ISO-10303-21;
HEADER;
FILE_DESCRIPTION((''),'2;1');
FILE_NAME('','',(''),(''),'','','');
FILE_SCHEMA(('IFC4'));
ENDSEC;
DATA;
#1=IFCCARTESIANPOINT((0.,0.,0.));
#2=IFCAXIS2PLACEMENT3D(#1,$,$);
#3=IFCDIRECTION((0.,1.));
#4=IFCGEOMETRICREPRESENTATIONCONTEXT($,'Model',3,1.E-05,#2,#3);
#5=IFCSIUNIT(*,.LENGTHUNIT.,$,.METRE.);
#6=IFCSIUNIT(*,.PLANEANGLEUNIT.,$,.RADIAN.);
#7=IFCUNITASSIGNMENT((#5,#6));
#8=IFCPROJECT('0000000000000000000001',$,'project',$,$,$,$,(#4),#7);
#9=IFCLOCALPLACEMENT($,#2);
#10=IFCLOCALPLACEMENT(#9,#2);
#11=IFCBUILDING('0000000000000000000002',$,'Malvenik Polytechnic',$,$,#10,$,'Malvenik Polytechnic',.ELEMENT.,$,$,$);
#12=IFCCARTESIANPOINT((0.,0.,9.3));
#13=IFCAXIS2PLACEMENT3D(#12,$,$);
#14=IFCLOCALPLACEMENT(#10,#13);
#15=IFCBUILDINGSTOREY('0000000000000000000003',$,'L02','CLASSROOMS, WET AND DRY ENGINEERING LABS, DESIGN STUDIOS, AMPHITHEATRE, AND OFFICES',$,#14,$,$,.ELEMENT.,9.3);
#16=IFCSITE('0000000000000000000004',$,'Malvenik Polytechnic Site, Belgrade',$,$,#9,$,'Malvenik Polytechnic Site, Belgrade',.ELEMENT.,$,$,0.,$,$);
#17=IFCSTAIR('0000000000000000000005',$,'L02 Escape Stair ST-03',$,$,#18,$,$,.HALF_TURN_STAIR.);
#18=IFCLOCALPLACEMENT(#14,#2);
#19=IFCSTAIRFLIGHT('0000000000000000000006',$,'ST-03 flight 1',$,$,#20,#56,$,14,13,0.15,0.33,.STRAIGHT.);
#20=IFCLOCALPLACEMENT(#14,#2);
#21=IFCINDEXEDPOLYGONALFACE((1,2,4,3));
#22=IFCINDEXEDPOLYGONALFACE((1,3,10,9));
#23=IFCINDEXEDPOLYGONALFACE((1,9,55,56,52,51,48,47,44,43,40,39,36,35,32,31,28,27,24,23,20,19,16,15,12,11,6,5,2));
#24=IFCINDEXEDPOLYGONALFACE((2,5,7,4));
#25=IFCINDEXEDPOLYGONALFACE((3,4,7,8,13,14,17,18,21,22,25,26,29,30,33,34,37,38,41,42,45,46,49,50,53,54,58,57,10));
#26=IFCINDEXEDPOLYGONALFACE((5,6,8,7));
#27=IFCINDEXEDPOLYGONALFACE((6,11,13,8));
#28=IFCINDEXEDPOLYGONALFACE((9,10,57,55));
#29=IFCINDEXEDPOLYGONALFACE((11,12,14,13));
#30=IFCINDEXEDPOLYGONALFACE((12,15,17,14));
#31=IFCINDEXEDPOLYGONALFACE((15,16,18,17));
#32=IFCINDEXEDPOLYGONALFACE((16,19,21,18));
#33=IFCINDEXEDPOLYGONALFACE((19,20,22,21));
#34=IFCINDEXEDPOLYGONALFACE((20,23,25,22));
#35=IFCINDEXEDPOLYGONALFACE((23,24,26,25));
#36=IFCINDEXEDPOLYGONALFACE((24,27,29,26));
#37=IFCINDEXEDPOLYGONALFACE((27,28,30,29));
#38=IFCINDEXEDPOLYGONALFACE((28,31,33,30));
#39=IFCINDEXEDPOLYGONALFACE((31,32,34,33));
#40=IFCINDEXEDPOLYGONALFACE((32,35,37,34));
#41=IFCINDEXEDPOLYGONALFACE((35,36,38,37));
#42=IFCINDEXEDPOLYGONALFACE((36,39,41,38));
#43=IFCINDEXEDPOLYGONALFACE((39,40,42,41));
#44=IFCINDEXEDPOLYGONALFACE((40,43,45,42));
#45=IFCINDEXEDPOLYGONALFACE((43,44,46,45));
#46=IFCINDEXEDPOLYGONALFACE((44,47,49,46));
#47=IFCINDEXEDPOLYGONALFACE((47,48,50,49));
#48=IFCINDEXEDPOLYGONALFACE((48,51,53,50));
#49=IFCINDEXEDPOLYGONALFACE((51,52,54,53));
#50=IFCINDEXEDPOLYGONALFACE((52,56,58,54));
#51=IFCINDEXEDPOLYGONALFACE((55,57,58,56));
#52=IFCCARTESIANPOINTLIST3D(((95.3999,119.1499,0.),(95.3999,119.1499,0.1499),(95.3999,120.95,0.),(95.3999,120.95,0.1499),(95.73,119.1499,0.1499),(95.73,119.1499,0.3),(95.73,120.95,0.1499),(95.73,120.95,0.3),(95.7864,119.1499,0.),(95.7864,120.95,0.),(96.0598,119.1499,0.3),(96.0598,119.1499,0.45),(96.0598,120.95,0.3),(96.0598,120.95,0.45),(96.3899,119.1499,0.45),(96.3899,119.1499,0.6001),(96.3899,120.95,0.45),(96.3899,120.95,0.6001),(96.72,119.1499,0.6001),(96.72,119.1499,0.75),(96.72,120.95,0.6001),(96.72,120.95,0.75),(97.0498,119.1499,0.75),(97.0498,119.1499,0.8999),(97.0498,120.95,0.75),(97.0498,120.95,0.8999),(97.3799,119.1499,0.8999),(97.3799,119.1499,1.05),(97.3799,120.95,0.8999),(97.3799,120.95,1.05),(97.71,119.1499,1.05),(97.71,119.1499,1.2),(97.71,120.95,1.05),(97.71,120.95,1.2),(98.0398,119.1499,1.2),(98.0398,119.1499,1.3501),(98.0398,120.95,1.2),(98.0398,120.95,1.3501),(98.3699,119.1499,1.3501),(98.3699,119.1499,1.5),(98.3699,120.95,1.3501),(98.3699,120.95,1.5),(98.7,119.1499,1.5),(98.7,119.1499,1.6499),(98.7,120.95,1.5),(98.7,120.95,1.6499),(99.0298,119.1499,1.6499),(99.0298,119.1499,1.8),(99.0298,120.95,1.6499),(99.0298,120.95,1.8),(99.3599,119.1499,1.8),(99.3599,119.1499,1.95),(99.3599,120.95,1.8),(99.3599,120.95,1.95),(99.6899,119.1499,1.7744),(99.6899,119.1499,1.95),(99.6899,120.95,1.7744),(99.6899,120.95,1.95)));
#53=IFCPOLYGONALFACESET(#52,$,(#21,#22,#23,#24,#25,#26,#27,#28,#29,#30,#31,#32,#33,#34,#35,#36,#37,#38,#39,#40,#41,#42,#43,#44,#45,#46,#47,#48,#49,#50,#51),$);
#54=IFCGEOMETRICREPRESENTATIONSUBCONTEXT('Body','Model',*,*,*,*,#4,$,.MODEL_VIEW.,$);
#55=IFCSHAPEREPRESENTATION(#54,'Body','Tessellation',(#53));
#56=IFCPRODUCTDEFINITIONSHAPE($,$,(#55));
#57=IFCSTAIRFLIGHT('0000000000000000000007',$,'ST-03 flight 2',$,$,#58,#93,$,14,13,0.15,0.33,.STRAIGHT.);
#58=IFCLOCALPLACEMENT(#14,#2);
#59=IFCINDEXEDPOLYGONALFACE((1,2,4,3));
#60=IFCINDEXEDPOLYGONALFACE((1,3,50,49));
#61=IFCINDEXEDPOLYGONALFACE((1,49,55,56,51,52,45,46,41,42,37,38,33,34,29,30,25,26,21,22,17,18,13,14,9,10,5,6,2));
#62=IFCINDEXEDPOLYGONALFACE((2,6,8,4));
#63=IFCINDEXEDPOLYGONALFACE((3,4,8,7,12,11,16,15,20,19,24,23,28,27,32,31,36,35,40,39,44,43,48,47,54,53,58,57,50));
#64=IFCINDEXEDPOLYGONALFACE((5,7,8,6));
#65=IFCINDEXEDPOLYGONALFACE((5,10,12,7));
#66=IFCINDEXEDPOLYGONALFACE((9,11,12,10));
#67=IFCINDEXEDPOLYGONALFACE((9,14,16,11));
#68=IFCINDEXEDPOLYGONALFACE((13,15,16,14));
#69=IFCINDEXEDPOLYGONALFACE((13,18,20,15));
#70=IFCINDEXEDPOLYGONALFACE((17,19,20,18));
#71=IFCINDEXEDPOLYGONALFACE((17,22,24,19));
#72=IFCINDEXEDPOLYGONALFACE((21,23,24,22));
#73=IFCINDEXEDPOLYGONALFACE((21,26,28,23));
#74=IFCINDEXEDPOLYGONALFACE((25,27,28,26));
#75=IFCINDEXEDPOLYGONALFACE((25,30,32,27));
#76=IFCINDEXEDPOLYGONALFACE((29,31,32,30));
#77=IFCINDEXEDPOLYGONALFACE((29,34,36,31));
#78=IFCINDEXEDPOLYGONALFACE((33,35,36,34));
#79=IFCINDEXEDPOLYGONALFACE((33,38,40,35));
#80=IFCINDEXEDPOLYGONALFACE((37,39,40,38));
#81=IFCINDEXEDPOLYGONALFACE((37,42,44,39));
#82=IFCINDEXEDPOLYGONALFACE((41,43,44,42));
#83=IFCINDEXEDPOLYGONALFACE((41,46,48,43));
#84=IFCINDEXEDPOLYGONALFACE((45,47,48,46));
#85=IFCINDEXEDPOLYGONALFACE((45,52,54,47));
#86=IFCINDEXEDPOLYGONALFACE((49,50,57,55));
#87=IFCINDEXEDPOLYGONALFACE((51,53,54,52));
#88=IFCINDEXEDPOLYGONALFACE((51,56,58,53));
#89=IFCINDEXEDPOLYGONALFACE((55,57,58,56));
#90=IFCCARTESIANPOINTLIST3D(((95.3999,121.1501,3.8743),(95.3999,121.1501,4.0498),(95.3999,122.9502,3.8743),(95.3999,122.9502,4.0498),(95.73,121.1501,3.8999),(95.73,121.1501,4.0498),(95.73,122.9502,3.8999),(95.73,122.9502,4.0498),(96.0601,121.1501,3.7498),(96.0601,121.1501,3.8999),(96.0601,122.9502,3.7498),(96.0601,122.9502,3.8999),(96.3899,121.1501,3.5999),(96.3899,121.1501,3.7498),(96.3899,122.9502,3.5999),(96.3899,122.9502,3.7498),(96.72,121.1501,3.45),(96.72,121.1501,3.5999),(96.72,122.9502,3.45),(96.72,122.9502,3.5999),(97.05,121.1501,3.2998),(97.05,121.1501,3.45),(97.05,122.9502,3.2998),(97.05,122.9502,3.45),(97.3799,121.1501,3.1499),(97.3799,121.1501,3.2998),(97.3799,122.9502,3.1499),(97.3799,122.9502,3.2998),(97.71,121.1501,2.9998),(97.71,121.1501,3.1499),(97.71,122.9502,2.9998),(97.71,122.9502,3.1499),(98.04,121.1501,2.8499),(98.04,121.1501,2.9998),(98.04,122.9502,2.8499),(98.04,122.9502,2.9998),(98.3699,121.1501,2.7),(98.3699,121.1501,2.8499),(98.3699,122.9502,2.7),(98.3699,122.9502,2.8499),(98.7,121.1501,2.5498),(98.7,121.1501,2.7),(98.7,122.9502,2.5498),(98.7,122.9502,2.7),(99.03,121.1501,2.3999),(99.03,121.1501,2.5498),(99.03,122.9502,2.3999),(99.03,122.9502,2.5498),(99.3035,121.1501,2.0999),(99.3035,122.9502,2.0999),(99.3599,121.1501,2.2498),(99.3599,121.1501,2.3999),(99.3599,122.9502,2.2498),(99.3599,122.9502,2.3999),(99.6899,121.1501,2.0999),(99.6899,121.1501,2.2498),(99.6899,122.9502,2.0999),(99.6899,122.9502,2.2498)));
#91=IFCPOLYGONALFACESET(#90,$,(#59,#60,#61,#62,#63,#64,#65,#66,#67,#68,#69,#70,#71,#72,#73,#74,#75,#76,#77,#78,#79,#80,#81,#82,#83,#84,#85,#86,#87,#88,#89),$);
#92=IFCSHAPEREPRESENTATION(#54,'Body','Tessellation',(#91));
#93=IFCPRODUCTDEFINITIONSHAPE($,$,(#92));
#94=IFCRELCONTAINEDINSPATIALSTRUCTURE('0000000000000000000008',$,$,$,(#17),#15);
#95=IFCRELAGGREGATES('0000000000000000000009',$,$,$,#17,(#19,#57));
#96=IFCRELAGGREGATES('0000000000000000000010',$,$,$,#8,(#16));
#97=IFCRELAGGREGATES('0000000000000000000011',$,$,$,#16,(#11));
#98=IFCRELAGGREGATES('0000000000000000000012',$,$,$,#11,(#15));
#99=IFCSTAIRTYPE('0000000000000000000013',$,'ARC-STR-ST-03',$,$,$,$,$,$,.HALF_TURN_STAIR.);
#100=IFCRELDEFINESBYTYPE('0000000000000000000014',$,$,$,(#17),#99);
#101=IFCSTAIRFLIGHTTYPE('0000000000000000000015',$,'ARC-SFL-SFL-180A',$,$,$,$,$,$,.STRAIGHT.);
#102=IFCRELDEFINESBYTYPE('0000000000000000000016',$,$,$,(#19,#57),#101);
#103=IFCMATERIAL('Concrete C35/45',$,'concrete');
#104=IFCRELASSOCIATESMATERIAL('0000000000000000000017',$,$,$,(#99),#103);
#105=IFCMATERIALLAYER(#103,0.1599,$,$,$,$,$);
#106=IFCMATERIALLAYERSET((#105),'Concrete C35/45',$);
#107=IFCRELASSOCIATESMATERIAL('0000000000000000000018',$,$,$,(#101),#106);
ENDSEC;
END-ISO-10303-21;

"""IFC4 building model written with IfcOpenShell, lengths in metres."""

from ifc_helpers import new_model, si_unit, direction, frame, origin, place, context, subcontext, project, spatial, polyline, outline, extrude, material, layer, layer_set, type_object, element, aggregate, save


model = new_model("IFC4")

# Units and contexts
model_context = context("Model", 3, precision=1e-05, world=origin(), true_north=direction((0.0, 1.0)))
body_context = subcontext(model_context, "Body", "Model", "MODEL_VIEW")
ifc_project = project(units=[si_unit("LENGTHUNIT", "METRE"), si_unit("PLANEANGLEUNIT", "RADIAN")], contexts=[model_context])

# Site, building, storey
site_placement = place(None, origin())
site = spatial("IfcSite", under=ifc_project, at=site_placement, Name="Malvenik Polytechnic Site, Belgrade", LongName="Malvenik Polytechnic Site, Belgrade", CompositionType="ELEMENT", RefElevation=0.0)
building_placement = place(site_placement, origin())
building = spatial("IfcBuilding", under=site, at=building_placement, Name="Malvenik Polytechnic", LongName="Malvenik Polytechnic", CompositionType="ELEMENT")
storey_placement = place(building_placement, frame((0.0, 0.0, 9.3)))
storey = spatial("IfcBuildingStorey", under=building, at=storey_placement, Name="L02", Description="CLASSROOMS, WET AND DRY ENGINEERING LABS, DESIGN STUDIOS, AMPHITHEATRE, AND OFFICES", CompositionType="ELEMENT", Elevation=9.3)

# Shared definitions
ifc_material_1 = material(Name="Concrete C35/45", Category="concrete")

# Stair, stair flights
stair_type = type_object("IfcStairType", Name="ARC-STR-ST-03", PredefinedType="HALF_TURN_STAIR", material=ifc_material_1)
stair_placement = place(storey_placement, origin())
stair = element("IfcStair", 1, at=stair_placement, inside=storey, type_object=stair_type, Name="L02 Escape Stair ST-03", PredefinedType="HALF_TURN_STAIR")
ifc_layer_1 = layer(ifc_material_1, 0.1599)
ifc_layer_set_1 = layer_set([ifc_layer_1], Name="Concrete C35/45")
stair_flight_type = type_object("IfcStairFlightType", Name="ARC-SFL-SFL-180A", PredefinedType="STRAIGHT", material=ifc_layer_set_1)
stair_flight_1_placement = place(storey_placement, frame((95.3999, 120.05, 0.0), z_axis=(0.0, 0.0, 1.0), x_axis=(1.0, 0.0, 0.0)))
stair_flight_1 = element("IfcStairFlight", 2, at=stair_flight_1_placement, type_object=stair_flight_type, Name="ST-03 flight 1", NumberOfRisers=14, NumberOfTreads=13, PredefinedType="STRAIGHT", RiserHeight=0.15, TreadLength=0.33, context=body_context, shape_type="SweptSolid", body=[
    extrude(outline(polyline([(0.0, 0.0), (0.0, 0.1499), (0.3301, 0.1499), (0.3301, 0.3), (0.6599, 0.3), (0.6599, 0.45), (0.99, 0.45), (0.99, 0.6001), (1.3201, 0.6001), (1.3201, 0.75), (1.6499, 0.75), (1.6499, 0.8999), (1.98, 0.8999), (1.98, 1.05), (2.3101, 1.05), (2.3101, 1.2), (2.6399, 1.2), (2.6399, 1.3501), (2.97, 1.3501), (2.97, 1.5), (3.3, 1.5), (3.3, 1.6499), (3.6299, 1.6499), (3.6299, 1.8), (3.96, 1.8), (3.96, 1.95), (4.29, 1.95), (4.29, 2.1001), (4.29, 1.7744), (0.3865, 0.0), (0.0, 0.0)])), frame((0.0, 0.8999, 0.0), z_axis=(0.0, -1.0, 0.0), x_axis=(1.0, 0.0, 0.0)), (0.0, 0.0, 1.0), 1.8),
])
stair_flight_2_placement = place(storey_placement, frame((99.6899, 122.05, 2.0999), z_axis=(0.0, 0.0, 1.0), x_axis=(-1.0, 0.0, 0.0)))
stair_flight_2 = element("IfcStairFlight", 3, at=stair_flight_2_placement, type_object=stair_flight_type, Name="ST-03 flight 2", NumberOfRisers=14, NumberOfTreads=13, PredefinedType="STRAIGHT", RiserHeight=0.15, TreadLength=0.33, context=body_context, shape_type="SweptSolid", body=[
    extrude(outline(polyline([(0.0, 0.0), (0.0, 0.1499), (0.3301, 0.1499), (0.3301, 0.3), (0.6599, 0.3), (0.6599, 0.45), (0.99, 0.45), (0.99, 0.6001), (1.3201, 0.6001), (1.3201, 0.75), (1.6499, 0.75), (1.6499, 0.8999), (1.98, 0.8999), (1.98, 1.05), (2.3101, 1.05), (2.3101, 1.2), (2.6399, 1.2), (2.6399, 1.3501), (2.97, 1.3501), (2.97, 1.5), (3.3, 1.5), (3.3, 1.6499), (3.6299, 1.6499), (3.6299, 1.8), (3.96, 1.8), (3.96, 1.95), (4.29, 1.95), (4.29, 2.1001), (4.29, 1.7744), (0.3865, 0.0), (0.0, 0.0)])), frame((0.0, 0.8999, 0.0), z_axis=(0.0, -1.0, 0.0), x_axis=(1.0, 0.0, 0.0)), (0.0, 0.0, 1.0), 1.8),
])
aggregate(stair, [stair_flight_1, stair_flight_2])

save(model, "model.ifc")
